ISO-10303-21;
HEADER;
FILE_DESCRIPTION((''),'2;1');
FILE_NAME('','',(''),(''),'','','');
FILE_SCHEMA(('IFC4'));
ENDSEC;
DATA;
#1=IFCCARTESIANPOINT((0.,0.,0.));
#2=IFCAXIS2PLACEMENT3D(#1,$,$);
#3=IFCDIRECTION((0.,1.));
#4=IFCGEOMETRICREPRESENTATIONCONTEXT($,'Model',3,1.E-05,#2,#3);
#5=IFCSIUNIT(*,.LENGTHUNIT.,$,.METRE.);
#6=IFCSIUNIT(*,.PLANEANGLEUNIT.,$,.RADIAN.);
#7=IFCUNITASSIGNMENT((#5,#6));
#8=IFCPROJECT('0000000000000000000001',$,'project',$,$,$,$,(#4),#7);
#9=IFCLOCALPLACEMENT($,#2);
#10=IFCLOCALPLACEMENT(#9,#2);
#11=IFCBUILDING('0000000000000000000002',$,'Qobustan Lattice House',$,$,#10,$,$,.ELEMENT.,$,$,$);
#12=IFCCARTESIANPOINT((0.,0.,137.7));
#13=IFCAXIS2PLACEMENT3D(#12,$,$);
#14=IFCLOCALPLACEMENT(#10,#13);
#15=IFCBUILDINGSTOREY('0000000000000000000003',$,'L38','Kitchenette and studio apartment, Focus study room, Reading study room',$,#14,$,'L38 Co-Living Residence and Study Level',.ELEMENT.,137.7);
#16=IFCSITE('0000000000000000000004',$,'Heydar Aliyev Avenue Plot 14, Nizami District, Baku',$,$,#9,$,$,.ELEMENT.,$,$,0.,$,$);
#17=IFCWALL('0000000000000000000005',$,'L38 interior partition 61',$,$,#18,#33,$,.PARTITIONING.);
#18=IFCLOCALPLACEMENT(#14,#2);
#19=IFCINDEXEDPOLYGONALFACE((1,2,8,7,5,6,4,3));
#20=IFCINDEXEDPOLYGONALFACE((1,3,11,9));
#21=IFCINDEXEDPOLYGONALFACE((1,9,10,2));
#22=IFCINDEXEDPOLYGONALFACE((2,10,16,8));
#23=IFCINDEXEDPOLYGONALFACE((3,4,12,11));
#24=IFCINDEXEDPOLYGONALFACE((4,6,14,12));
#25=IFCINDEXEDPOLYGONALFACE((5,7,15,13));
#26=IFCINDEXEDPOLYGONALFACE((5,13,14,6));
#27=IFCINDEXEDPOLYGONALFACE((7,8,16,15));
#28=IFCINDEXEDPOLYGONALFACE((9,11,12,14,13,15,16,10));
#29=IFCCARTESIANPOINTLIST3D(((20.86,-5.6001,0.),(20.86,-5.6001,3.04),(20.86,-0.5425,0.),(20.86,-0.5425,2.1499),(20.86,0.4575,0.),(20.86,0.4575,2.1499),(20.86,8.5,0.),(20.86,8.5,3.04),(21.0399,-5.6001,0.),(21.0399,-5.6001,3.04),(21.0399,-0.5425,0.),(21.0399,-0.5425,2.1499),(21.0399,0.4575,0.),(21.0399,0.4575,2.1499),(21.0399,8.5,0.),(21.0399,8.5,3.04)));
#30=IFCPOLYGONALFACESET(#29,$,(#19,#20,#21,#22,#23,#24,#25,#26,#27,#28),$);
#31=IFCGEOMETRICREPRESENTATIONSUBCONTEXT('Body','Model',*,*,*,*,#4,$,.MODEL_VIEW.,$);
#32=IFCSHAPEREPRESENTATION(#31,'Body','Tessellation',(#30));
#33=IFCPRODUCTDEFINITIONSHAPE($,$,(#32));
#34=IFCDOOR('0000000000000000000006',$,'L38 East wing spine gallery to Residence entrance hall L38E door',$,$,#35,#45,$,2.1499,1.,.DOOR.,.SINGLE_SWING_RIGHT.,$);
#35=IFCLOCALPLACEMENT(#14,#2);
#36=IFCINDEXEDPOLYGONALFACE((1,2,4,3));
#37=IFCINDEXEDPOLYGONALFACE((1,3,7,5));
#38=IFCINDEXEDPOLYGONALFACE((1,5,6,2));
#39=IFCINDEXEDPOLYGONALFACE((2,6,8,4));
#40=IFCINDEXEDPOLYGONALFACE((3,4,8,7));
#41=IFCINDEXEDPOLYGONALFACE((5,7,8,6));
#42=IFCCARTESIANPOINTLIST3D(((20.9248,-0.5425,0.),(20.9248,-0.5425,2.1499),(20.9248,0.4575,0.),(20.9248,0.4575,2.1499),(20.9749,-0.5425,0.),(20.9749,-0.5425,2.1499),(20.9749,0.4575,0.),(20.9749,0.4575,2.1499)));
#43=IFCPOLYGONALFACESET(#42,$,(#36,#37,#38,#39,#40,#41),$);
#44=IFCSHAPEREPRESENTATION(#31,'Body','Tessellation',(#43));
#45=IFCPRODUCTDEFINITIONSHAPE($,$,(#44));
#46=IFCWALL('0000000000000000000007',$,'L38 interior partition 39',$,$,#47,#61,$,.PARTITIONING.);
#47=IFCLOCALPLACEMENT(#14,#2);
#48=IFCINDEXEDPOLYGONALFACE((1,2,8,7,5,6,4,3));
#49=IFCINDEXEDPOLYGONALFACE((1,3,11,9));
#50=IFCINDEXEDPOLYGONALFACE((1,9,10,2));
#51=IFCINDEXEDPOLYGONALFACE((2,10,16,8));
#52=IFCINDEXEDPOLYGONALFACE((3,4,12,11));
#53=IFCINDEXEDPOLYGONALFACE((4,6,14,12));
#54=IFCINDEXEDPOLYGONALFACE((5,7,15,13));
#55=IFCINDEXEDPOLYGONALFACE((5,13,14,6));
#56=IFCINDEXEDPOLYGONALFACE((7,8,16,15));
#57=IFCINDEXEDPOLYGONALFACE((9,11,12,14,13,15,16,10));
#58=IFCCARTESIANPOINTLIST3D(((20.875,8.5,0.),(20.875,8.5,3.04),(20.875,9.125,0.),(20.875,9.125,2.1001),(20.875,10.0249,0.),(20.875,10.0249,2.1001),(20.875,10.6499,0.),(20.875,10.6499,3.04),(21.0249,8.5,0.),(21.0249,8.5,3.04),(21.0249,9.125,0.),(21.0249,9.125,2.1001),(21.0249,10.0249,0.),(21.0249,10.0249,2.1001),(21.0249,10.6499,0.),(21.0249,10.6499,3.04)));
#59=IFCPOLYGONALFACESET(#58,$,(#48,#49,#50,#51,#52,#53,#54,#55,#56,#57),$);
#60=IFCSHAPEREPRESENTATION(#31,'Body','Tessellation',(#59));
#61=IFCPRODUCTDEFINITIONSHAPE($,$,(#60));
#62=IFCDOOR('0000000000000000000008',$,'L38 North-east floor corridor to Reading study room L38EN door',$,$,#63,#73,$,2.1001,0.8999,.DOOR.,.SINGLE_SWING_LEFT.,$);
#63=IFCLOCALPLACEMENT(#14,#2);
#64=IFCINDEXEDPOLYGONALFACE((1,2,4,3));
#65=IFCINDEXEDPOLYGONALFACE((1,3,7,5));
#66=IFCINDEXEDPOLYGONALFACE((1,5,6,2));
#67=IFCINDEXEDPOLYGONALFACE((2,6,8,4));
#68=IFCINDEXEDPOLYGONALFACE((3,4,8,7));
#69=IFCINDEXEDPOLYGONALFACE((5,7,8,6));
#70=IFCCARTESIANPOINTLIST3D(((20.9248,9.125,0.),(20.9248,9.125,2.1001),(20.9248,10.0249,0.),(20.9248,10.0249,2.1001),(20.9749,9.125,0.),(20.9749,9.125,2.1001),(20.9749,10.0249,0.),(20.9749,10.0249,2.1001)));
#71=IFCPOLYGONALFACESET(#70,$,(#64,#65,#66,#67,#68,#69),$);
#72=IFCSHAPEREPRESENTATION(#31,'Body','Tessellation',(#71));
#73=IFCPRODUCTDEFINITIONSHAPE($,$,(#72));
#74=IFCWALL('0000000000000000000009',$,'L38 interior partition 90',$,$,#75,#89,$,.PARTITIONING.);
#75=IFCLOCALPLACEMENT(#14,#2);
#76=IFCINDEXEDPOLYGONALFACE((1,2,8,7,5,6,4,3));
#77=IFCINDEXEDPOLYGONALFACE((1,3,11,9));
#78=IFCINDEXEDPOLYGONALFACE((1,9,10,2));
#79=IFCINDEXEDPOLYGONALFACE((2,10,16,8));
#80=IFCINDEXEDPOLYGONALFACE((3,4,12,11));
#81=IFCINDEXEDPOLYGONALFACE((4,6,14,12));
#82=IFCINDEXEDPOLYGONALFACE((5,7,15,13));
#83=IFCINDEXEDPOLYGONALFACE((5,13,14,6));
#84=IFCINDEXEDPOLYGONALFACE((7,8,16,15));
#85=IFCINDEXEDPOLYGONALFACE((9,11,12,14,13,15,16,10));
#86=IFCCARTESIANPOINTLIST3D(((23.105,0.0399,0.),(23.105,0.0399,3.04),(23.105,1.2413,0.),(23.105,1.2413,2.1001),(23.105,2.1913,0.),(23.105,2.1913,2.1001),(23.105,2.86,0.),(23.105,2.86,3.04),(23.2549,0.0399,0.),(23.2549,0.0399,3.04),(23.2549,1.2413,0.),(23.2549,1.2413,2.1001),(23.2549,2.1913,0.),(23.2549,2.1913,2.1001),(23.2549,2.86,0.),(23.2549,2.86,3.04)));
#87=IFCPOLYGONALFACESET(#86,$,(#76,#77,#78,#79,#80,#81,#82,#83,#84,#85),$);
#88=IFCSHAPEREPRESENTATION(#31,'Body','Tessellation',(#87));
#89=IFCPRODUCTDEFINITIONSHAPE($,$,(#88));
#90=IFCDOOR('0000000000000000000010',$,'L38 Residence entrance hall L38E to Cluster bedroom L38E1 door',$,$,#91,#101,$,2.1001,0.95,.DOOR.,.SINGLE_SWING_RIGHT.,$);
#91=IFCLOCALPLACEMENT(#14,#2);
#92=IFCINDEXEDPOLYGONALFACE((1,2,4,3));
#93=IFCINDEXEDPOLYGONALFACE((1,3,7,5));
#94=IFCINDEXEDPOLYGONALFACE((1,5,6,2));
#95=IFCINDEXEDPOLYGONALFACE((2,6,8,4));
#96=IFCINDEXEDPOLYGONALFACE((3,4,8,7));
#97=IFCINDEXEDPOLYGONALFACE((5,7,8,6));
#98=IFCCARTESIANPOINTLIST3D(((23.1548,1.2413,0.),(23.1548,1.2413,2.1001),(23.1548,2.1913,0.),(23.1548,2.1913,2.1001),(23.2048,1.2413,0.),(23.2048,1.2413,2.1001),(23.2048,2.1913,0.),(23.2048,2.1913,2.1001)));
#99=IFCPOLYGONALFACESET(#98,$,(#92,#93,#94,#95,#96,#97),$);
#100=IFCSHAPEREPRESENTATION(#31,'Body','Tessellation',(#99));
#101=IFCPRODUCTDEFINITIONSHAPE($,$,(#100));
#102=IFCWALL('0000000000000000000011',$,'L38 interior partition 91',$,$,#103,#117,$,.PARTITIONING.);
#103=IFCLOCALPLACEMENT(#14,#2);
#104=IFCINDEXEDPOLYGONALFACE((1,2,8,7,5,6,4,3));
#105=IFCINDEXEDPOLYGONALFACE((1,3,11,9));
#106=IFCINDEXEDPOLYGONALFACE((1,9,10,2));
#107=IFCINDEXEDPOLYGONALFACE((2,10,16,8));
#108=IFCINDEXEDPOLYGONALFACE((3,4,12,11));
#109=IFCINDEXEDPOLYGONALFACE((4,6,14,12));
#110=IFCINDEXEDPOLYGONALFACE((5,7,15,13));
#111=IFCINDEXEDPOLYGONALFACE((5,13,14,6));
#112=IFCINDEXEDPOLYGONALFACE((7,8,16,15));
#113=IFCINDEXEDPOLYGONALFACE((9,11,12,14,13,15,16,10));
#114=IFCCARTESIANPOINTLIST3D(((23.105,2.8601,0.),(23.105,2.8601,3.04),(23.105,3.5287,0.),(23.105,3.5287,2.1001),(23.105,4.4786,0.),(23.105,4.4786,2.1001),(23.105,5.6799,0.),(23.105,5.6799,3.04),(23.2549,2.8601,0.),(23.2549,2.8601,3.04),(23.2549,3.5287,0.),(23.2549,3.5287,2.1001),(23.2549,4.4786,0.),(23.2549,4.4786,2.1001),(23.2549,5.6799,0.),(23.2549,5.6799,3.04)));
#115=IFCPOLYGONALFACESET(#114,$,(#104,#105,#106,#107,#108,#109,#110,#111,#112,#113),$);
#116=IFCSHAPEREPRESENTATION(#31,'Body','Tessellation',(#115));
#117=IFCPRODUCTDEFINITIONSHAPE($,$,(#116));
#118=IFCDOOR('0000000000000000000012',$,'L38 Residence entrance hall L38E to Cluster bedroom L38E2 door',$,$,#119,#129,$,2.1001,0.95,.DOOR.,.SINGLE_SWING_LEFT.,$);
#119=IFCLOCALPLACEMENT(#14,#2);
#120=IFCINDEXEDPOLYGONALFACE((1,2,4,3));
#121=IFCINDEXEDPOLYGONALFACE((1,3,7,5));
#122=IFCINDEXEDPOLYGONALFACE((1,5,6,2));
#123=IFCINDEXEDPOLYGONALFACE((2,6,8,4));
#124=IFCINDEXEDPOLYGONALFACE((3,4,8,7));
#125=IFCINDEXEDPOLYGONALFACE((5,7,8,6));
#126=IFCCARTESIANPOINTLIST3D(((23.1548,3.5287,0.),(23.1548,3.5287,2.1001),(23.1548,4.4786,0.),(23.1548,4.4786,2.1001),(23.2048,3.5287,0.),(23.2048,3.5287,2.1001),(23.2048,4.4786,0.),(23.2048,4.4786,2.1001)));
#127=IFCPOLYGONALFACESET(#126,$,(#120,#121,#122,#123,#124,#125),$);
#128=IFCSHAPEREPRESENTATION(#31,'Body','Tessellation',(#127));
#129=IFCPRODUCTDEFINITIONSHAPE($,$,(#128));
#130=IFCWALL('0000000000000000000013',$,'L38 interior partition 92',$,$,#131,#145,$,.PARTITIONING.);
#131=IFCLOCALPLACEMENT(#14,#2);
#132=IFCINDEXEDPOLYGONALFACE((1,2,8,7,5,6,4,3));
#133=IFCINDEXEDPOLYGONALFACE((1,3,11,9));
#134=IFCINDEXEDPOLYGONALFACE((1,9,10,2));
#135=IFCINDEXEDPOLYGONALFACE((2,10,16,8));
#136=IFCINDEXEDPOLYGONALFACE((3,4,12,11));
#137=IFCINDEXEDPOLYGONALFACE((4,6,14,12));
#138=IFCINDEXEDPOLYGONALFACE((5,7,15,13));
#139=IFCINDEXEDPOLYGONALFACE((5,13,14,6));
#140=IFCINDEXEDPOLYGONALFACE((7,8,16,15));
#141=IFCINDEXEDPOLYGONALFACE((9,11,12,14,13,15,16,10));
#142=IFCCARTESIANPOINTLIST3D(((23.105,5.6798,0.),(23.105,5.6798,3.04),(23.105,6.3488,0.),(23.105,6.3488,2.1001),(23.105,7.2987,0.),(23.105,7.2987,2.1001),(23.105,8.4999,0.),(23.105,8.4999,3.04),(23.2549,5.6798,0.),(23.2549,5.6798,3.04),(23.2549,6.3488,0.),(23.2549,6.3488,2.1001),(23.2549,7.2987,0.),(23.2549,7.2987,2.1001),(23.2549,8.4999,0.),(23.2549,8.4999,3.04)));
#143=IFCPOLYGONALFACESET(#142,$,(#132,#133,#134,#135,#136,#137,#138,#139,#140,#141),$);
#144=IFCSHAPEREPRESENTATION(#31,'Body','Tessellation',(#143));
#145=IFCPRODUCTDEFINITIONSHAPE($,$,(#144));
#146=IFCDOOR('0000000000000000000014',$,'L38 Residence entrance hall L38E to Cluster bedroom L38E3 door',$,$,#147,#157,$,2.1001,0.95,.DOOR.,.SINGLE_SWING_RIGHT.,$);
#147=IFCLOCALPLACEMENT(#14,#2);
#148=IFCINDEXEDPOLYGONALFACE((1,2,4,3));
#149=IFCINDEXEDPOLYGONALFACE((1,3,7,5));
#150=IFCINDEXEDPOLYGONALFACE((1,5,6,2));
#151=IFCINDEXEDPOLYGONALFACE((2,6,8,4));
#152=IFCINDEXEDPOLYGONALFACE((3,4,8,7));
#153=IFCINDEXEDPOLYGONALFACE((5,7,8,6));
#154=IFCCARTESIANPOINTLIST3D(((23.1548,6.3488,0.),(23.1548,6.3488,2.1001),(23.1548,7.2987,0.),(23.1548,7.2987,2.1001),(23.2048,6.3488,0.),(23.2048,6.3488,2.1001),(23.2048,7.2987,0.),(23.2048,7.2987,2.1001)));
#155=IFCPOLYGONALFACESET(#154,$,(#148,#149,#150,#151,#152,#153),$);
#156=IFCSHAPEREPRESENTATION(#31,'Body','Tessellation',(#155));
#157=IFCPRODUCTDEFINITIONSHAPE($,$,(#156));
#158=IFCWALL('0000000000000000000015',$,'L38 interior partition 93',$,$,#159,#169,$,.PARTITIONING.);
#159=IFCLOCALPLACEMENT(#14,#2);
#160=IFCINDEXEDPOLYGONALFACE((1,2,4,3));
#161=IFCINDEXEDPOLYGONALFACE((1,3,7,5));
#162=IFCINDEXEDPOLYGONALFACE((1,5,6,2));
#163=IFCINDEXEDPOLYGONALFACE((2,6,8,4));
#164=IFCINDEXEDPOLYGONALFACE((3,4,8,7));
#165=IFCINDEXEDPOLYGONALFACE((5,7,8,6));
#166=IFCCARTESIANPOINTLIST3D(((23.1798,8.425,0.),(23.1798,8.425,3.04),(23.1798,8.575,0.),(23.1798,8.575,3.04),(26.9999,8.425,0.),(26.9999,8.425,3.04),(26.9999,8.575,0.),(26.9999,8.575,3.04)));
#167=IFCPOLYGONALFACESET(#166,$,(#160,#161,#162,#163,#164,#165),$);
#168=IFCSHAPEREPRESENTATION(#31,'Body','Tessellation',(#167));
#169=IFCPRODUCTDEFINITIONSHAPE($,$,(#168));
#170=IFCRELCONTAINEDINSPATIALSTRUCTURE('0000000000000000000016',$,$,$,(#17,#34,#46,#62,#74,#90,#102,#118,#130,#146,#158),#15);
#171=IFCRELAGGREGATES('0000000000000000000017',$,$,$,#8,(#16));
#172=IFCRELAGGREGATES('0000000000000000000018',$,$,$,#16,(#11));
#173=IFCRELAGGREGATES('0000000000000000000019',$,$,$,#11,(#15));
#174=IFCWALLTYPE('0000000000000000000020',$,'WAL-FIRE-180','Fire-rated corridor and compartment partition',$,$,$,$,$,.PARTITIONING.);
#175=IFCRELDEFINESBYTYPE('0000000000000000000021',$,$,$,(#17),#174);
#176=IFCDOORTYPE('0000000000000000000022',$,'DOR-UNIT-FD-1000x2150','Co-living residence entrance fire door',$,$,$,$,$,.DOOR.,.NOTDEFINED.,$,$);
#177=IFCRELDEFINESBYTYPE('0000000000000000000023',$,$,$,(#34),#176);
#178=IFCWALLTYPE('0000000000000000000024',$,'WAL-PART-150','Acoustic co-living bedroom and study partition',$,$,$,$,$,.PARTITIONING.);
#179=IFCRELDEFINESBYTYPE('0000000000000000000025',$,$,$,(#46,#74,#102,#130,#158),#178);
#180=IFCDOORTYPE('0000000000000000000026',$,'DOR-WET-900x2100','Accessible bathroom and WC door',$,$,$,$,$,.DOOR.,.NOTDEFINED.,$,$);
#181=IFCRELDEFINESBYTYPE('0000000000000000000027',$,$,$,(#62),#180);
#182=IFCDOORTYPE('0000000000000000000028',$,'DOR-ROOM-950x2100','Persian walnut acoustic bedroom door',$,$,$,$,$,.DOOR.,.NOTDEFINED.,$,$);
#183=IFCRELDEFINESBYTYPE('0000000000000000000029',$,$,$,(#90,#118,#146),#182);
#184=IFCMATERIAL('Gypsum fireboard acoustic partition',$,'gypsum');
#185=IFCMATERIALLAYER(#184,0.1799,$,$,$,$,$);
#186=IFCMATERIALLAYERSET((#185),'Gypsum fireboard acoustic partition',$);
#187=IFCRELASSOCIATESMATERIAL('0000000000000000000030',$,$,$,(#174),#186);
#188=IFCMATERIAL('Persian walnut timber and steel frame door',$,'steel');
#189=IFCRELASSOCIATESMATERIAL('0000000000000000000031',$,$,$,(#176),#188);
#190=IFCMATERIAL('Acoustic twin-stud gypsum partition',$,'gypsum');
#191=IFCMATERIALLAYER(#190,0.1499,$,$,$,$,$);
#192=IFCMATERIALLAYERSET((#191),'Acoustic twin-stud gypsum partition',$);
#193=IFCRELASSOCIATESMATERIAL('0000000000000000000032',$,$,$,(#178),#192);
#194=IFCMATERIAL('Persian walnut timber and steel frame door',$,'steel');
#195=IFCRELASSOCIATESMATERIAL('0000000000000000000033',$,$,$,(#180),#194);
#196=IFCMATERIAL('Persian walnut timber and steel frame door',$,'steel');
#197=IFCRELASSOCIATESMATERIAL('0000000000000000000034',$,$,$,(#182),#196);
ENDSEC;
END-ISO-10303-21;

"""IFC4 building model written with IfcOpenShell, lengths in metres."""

from ifc_helpers import new_model, si_unit, direction, frame, frame_2d, origin, place, context, subcontext, project, spatial, rectangle, extrude, material, layer, layer_set, type_object, element, fill, save


model = new_model("IFC4")

# Units and contexts
model_context = context("Model", 3, precision=1e-05, world=origin(), true_north=direction((0.0, 1.0)))
body_context = subcontext(model_context, "Body", "Model", "MODEL_VIEW")
ifc_project = project(units=[si_unit("LENGTHUNIT", "METRE"), si_unit("PLANEANGLEUNIT", "RADIAN")], contexts=[model_context])

# Site, building, storey
site_placement = place(None, origin())
site = spatial("IfcSite", under=ifc_project, at=site_placement, Name="Heydar Aliyev Avenue Plot 14, Nizami District, Baku", CompositionType="ELEMENT", RefElevation=0.0)
building_placement = place(site_placement, origin())
building = spatial("IfcBuilding", under=site, at=building_placement, Name="Qobustan Lattice House", CompositionType="ELEMENT")
storey_placement = place(building_placement, frame((0.0, 0.0, 137.7)))
storey = spatial("IfcBuildingStorey", under=building, at=storey_placement, Name="L38", Description="Kitchenette and studio apartment, Focus study room, Reading study room", LongName="L38 Co-Living Residence and Study Level", CompositionType="ELEMENT", Elevation=137.7)

# Walls, openings, doors
ifc_material_1 = material(Name="Gypsum fireboard acoustic partition", Category="gypsum")
ifc_layer_1 = layer(ifc_material_1, 0.1799)
ifc_layer_set_1 = layer_set([ifc_layer_1], Name="Gypsum fireboard acoustic partition")
wall_type_1 = type_object("IfcWallType", Name="WAL-FIRE-180", Description="Fire-rated corridor and compartment partition", PredefinedType="PARTITIONING", material=ifc_layer_set_1)
wall_1_placement = place(storey_placement, frame((20.95, 8.5, 0.0), z_axis=(0.0, 0.0, 1.0), x_axis=(0.0, -1.0, 0.0)))
wall_1 = element("IfcWall", 1, at=wall_1_placement, inside=storey, type_object=wall_type_1, Name="L38 interior partition 61", PredefinedType="PARTITIONING", context=body_context, shape_type="SweptSolid", body=[
    extrude(rectangle(XDim=14.1001, YDim=0.1799, at=frame_2d((7.05, 0.0))), origin(), (0.0, 0.0, 1.0), 3.04),
])
opening_1_placement = place(wall_1_placement, frame((8.0425, 0.0, 0.0)))
opening_1 = element("IfcOpeningElement", 2, at=opening_1_placement, cuts=wall_1, PredefinedType="OPENING", context=body_context, shape_type="SweptSolid", body=[
    extrude(rectangle(XDim=1.0, YDim=2.1499, at=frame_2d((0.5, 1.075))), frame((0.0, 0.0999, 0.0), z_axis=(0.0, -1.0, 0.0), x_axis=(1.0, 0.0, 0.0)), (0.0, 0.0, 1.0), 0.2),
])
ifc_material_2 = material(Name="Persian walnut timber and steel frame door", Category="steel")
door_type_1 = type_object("IfcDoorType", Name="DOR-UNIT-FD-1000x2150", Description="Co-living residence entrance fire door", OperationType="NOTDEFINED", PredefinedType="DOOR", material=ifc_material_2)
door_1_placement = place(opening_1_placement, origin())
door_1 = element("IfcDoor", 3, at=door_1_placement, inside=storey, type_object=door_type_1, Name="L38 East wing spine gallery to Residence entrance hall L38E door", OperationType="SINGLE_SWING_RIGHT", OverallHeight=2.1499, OverallWidth=1.0, PredefinedType="DOOR", context=body_context, shape_type="SweptSolid", body=[
    extrude(rectangle(XDim=1.0, YDim=2.1499, at=frame_2d((0.5, 1.075))), frame((0.0, 0.0249, 0.0), z_axis=(0.0, -1.0, 0.0), x_axis=(1.0, 0.0, 0.0)), (0.0, 0.0, 1.0), 0.05),
])
fill(opening_1, door_1)
ifc_material_3 = material(Name="Acoustic twin-stud gypsum partition", Category="gypsum")
ifc_layer_2 = layer(ifc_material_3, 0.1499)
ifc_layer_set_2 = layer_set([ifc_layer_2], Name="Acoustic twin-stud gypsum partition")
wall_type_2 = type_object("IfcWallType", Name="WAL-PART-150", Description="Acoustic co-living bedroom and study partition", PredefinedType="PARTITIONING", material=ifc_layer_set_2)
wall_2_placement = place(storey_placement, frame((20.95, 10.6499, 0.0), z_axis=(0.0, 0.0, 1.0), x_axis=(0.0, -1.0, 0.0)))
wall_2 = element("IfcWall", 4, at=wall_2_placement, inside=storey, type_object=wall_type_2, Name="L38 interior partition 39", PredefinedType="PARTITIONING", context=body_context, shape_type="SweptSolid", body=[
    extrude(rectangle(XDim=2.1499, YDim=0.1499, at=frame_2d((1.075, 0.0))), origin(), (0.0, 0.0, 1.0), 3.04),
])
opening_2_placement = place(wall_2_placement, frame((0.625, 0.0, 0.0)))
opening_2 = element("IfcOpeningElement", 5, at=opening_2_placement, cuts=wall_2, PredefinedType="OPENING", context=body_context, shape_type="SweptSolid", body=[
    extrude(rectangle(XDim=0.8999, YDim=2.1001, at=frame_2d((0.45, 1.05))), frame((0.0, 0.085, 0.0), z_axis=(0.0, -1.0, 0.0), x_axis=(1.0, 0.0, 0.0)), (0.0, 0.0, 1.0), 0.1699),
])
ifc_material_4 = material(Name="Persian walnut timber and steel frame door", Category="steel")
door_type_2 = type_object("IfcDoorType", Name="DOR-WET-900x2100", Description="Accessible bathroom and WC door", OperationType="NOTDEFINED", PredefinedType="DOOR", material=ifc_material_4)
door_2_placement = place(opening_2_placement, origin())
door_2 = element("IfcDoor", 6, at=door_2_placement, inside=storey, type_object=door_type_2, Name="L38 North-east floor corridor to Reading study room L38EN door", OperationType="SINGLE_SWING_LEFT", OverallHeight=2.1001, OverallWidth=0.8999, PredefinedType="DOOR", context=body_context, shape_type="SweptSolid", body=[
    extrude(rectangle(XDim=0.8999, YDim=2.1001, at=frame_2d((0.45, 1.05))), frame((0.0, 0.0249, 0.0), z_axis=(0.0, -1.0, 0.0), x_axis=(1.0, 0.0, 0.0)), (0.0, 0.0, 1.0), 0.05),
])
fill(opening_2, door_2)
wall_3_placement = place(storey_placement, frame((23.1799, 2.8601, 0.0), z_axis=(0.0, 0.0, 1.0), x_axis=(0.0, -1.0, 0.0)))
wall_3 = element("IfcWall", 7, at=wall_3_placement, inside=storey, type_object=wall_type_2, Name="L38 interior partition 90", PredefinedType="PARTITIONING", context=body_context, shape_type="SweptSolid", body=[
    extrude(rectangle(XDim=2.8201, YDim=0.1499, at=frame_2d((1.4102, 0.0))), origin(), (0.0, 0.0, 1.0), 3.04),
])
opening_3_placement = place(wall_3_placement, frame((0.6687, 0.0, 0.0)))
opening_3 = element("IfcOpeningElement", 8, at=opening_3_placement, cuts=wall_3, PredefinedType="OPENING", context=body_context, shape_type="SweptSolid", body=[
    extrude(rectangle(XDim=0.95, YDim=2.1001, at=frame_2d((0.4751, 1.05))), frame((0.0, 0.085, 0.0), z_axis=(0.0, -1.0, 0.0), x_axis=(1.0, 0.0, 0.0)), (0.0, 0.0, 1.0), 0.1699),
])
ifc_material_5 = material(Name="Persian walnut timber and steel frame door", Category="steel")
door_type_3 = type_object("IfcDoorType", Name="DOR-ROOM-950x2100", Description="Persian walnut acoustic bedroom door", OperationType="NOTDEFINED", PredefinedType="DOOR", material=ifc_material_5)
door_3_placement = place(opening_3_placement, origin())
door_3 = element("IfcDoor", 9, at=door_3_placement, inside=storey, type_object=door_type_3, Name="L38 Residence entrance hall L38E to Cluster bedroom L38E1 door", OperationType="SINGLE_SWING_RIGHT", OverallHeight=2.1001, OverallWidth=0.95, PredefinedType="DOOR", context=body_context, shape_type="SweptSolid", body=[
    extrude(rectangle(XDim=0.95, YDim=2.1001, at=frame_2d((0.4751, 1.05))), frame((0.0, 0.0249, 0.0), z_axis=(0.0, -1.0, 0.0), x_axis=(1.0, 0.0, 0.0)), (0.0, 0.0, 1.0), 0.05),
])
fill(opening_3, door_3)
wall_4_placement = place(storey_placement, frame((23.1799, 5.6799, 0.0), z_axis=(0.0, 0.0, 1.0), x_axis=(0.0, -1.0, 0.0)))
wall_4 = element("IfcWall", 10, at=wall_4_placement, inside=storey, type_object=wall_type_2, Name="L38 interior partition 91", PredefinedType="PARTITIONING", context=body_context, shape_type="SweptSolid", body=[
    extrude(rectangle(XDim=2.8198, YDim=0.1499, at=frame_2d((1.4099, 0.0))), origin(), (0.0, 0.0, 1.0), 3.04),
])
opening_4_placement = place(wall_4_placement, frame((1.2012, 0.0, 0.0)))
opening_4 = element("IfcOpeningElement", 11, at=opening_4_placement, cuts=wall_4, PredefinedType="OPENING", context=body_context, shape_type="SweptSolid", body=[
    extrude(rectangle(XDim=0.95, YDim=2.1001, at=frame_2d((0.4751, 1.05))), frame((0.0, 0.085, 0.0), z_axis=(0.0, -1.0, 0.0), x_axis=(1.0, 0.0, 0.0)), (0.0, 0.0, 1.0), 0.1699),
])
door_4_placement = place(opening_4_placement, origin())
door_4 = element("IfcDoor", 12, at=door_4_placement, inside=storey, type_object=door_type_3, Name="L38 Residence entrance hall L38E to Cluster bedroom L38E2 door", OperationType="SINGLE_SWING_LEFT", OverallHeight=2.1001, OverallWidth=0.95, PredefinedType="DOOR", context=body_context, shape_type="SweptSolid", body=[
    extrude(rectangle(XDim=0.95, YDim=2.1001, at=frame_2d((0.4751, 1.05))), frame((0.0, 0.0249, 0.0), z_axis=(0.0, -1.0, 0.0), x_axis=(1.0, 0.0, 0.0)), (0.0, 0.0, 1.0), 0.05),
])
fill(opening_4, door_4)
wall_5_placement = place(storey_placement, frame((23.1799, 8.5, 0.0), z_axis=(0.0, 0.0, 1.0), x_axis=(0.0, -1.0, 0.0)))
wall_5 = element("IfcWall", 13, at=wall_5_placement, inside=storey, type_object=wall_type_2, Name="L38 interior partition 92", PredefinedType="PARTITIONING", context=body_context, shape_type="SweptSolid", body=[
    extrude(rectangle(XDim=2.8201, YDim=0.1499, at=frame_2d((1.4102, 0.0))), origin(), (0.0, 0.0, 1.0), 3.04),
])
opening_5_placement = place(wall_5_placement, frame((1.2012, 0.0, 0.0)))
opening_5 = element("IfcOpeningElement", 14, at=opening_5_placement, cuts=wall_5, PredefinedType="OPENING", context=body_context, shape_type="SweptSolid", body=[
    extrude(rectangle(XDim=0.95, YDim=2.1001, at=frame_2d((0.4751, 1.05))), frame((0.0, 0.085, 0.0), z_axis=(0.0, -1.0, 0.0), x_axis=(1.0, 0.0, 0.0)), (0.0, 0.0, 1.0), 0.1699),
])
door_5_placement = place(opening_5_placement, origin())
door_5 = element("IfcDoor", 15, at=door_5_placement, inside=storey, type_object=door_type_3, Name="L38 Residence entrance hall L38E to Cluster bedroom L38E3 door", OperationType="SINGLE_SWING_RIGHT", OverallHeight=2.1001, OverallWidth=0.95, PredefinedType="DOOR", context=body_context, shape_type="SweptSolid", body=[
    extrude(rectangle(XDim=0.95, YDim=2.1001, at=frame_2d((0.4751, 1.05))), frame((0.0, 0.0249, 0.0), z_axis=(0.0, -1.0, 0.0), x_axis=(1.0, 0.0, 0.0)), (0.0, 0.0, 1.0), 0.05),
])
fill(opening_5, door_5)

# Wall
for number, where, z_axis, x_axis, name in (
    (16, (27.0, 8.5, 0.0), (0.0, 0.0, 1.0), (-1.0, 0.0, 0.0), "L38 interior partition 93"),
):
    element("IfcWall", number, at=place(storey_placement, frame(where, z_axis=z_axis, x_axis=x_axis)), inside=storey, type_object=wall_type_2, Name=name, PredefinedType="PARTITIONING", context=body_context, shape_type="SweptSolid", body=[
        extrude(rectangle(XDim=3.8201, YDim=0.1499, at=frame_2d((1.9102, 0.0))), origin(), (0.0, 0.0, 1.0), 3.04),
    ])

save(model, "model.ifc")
